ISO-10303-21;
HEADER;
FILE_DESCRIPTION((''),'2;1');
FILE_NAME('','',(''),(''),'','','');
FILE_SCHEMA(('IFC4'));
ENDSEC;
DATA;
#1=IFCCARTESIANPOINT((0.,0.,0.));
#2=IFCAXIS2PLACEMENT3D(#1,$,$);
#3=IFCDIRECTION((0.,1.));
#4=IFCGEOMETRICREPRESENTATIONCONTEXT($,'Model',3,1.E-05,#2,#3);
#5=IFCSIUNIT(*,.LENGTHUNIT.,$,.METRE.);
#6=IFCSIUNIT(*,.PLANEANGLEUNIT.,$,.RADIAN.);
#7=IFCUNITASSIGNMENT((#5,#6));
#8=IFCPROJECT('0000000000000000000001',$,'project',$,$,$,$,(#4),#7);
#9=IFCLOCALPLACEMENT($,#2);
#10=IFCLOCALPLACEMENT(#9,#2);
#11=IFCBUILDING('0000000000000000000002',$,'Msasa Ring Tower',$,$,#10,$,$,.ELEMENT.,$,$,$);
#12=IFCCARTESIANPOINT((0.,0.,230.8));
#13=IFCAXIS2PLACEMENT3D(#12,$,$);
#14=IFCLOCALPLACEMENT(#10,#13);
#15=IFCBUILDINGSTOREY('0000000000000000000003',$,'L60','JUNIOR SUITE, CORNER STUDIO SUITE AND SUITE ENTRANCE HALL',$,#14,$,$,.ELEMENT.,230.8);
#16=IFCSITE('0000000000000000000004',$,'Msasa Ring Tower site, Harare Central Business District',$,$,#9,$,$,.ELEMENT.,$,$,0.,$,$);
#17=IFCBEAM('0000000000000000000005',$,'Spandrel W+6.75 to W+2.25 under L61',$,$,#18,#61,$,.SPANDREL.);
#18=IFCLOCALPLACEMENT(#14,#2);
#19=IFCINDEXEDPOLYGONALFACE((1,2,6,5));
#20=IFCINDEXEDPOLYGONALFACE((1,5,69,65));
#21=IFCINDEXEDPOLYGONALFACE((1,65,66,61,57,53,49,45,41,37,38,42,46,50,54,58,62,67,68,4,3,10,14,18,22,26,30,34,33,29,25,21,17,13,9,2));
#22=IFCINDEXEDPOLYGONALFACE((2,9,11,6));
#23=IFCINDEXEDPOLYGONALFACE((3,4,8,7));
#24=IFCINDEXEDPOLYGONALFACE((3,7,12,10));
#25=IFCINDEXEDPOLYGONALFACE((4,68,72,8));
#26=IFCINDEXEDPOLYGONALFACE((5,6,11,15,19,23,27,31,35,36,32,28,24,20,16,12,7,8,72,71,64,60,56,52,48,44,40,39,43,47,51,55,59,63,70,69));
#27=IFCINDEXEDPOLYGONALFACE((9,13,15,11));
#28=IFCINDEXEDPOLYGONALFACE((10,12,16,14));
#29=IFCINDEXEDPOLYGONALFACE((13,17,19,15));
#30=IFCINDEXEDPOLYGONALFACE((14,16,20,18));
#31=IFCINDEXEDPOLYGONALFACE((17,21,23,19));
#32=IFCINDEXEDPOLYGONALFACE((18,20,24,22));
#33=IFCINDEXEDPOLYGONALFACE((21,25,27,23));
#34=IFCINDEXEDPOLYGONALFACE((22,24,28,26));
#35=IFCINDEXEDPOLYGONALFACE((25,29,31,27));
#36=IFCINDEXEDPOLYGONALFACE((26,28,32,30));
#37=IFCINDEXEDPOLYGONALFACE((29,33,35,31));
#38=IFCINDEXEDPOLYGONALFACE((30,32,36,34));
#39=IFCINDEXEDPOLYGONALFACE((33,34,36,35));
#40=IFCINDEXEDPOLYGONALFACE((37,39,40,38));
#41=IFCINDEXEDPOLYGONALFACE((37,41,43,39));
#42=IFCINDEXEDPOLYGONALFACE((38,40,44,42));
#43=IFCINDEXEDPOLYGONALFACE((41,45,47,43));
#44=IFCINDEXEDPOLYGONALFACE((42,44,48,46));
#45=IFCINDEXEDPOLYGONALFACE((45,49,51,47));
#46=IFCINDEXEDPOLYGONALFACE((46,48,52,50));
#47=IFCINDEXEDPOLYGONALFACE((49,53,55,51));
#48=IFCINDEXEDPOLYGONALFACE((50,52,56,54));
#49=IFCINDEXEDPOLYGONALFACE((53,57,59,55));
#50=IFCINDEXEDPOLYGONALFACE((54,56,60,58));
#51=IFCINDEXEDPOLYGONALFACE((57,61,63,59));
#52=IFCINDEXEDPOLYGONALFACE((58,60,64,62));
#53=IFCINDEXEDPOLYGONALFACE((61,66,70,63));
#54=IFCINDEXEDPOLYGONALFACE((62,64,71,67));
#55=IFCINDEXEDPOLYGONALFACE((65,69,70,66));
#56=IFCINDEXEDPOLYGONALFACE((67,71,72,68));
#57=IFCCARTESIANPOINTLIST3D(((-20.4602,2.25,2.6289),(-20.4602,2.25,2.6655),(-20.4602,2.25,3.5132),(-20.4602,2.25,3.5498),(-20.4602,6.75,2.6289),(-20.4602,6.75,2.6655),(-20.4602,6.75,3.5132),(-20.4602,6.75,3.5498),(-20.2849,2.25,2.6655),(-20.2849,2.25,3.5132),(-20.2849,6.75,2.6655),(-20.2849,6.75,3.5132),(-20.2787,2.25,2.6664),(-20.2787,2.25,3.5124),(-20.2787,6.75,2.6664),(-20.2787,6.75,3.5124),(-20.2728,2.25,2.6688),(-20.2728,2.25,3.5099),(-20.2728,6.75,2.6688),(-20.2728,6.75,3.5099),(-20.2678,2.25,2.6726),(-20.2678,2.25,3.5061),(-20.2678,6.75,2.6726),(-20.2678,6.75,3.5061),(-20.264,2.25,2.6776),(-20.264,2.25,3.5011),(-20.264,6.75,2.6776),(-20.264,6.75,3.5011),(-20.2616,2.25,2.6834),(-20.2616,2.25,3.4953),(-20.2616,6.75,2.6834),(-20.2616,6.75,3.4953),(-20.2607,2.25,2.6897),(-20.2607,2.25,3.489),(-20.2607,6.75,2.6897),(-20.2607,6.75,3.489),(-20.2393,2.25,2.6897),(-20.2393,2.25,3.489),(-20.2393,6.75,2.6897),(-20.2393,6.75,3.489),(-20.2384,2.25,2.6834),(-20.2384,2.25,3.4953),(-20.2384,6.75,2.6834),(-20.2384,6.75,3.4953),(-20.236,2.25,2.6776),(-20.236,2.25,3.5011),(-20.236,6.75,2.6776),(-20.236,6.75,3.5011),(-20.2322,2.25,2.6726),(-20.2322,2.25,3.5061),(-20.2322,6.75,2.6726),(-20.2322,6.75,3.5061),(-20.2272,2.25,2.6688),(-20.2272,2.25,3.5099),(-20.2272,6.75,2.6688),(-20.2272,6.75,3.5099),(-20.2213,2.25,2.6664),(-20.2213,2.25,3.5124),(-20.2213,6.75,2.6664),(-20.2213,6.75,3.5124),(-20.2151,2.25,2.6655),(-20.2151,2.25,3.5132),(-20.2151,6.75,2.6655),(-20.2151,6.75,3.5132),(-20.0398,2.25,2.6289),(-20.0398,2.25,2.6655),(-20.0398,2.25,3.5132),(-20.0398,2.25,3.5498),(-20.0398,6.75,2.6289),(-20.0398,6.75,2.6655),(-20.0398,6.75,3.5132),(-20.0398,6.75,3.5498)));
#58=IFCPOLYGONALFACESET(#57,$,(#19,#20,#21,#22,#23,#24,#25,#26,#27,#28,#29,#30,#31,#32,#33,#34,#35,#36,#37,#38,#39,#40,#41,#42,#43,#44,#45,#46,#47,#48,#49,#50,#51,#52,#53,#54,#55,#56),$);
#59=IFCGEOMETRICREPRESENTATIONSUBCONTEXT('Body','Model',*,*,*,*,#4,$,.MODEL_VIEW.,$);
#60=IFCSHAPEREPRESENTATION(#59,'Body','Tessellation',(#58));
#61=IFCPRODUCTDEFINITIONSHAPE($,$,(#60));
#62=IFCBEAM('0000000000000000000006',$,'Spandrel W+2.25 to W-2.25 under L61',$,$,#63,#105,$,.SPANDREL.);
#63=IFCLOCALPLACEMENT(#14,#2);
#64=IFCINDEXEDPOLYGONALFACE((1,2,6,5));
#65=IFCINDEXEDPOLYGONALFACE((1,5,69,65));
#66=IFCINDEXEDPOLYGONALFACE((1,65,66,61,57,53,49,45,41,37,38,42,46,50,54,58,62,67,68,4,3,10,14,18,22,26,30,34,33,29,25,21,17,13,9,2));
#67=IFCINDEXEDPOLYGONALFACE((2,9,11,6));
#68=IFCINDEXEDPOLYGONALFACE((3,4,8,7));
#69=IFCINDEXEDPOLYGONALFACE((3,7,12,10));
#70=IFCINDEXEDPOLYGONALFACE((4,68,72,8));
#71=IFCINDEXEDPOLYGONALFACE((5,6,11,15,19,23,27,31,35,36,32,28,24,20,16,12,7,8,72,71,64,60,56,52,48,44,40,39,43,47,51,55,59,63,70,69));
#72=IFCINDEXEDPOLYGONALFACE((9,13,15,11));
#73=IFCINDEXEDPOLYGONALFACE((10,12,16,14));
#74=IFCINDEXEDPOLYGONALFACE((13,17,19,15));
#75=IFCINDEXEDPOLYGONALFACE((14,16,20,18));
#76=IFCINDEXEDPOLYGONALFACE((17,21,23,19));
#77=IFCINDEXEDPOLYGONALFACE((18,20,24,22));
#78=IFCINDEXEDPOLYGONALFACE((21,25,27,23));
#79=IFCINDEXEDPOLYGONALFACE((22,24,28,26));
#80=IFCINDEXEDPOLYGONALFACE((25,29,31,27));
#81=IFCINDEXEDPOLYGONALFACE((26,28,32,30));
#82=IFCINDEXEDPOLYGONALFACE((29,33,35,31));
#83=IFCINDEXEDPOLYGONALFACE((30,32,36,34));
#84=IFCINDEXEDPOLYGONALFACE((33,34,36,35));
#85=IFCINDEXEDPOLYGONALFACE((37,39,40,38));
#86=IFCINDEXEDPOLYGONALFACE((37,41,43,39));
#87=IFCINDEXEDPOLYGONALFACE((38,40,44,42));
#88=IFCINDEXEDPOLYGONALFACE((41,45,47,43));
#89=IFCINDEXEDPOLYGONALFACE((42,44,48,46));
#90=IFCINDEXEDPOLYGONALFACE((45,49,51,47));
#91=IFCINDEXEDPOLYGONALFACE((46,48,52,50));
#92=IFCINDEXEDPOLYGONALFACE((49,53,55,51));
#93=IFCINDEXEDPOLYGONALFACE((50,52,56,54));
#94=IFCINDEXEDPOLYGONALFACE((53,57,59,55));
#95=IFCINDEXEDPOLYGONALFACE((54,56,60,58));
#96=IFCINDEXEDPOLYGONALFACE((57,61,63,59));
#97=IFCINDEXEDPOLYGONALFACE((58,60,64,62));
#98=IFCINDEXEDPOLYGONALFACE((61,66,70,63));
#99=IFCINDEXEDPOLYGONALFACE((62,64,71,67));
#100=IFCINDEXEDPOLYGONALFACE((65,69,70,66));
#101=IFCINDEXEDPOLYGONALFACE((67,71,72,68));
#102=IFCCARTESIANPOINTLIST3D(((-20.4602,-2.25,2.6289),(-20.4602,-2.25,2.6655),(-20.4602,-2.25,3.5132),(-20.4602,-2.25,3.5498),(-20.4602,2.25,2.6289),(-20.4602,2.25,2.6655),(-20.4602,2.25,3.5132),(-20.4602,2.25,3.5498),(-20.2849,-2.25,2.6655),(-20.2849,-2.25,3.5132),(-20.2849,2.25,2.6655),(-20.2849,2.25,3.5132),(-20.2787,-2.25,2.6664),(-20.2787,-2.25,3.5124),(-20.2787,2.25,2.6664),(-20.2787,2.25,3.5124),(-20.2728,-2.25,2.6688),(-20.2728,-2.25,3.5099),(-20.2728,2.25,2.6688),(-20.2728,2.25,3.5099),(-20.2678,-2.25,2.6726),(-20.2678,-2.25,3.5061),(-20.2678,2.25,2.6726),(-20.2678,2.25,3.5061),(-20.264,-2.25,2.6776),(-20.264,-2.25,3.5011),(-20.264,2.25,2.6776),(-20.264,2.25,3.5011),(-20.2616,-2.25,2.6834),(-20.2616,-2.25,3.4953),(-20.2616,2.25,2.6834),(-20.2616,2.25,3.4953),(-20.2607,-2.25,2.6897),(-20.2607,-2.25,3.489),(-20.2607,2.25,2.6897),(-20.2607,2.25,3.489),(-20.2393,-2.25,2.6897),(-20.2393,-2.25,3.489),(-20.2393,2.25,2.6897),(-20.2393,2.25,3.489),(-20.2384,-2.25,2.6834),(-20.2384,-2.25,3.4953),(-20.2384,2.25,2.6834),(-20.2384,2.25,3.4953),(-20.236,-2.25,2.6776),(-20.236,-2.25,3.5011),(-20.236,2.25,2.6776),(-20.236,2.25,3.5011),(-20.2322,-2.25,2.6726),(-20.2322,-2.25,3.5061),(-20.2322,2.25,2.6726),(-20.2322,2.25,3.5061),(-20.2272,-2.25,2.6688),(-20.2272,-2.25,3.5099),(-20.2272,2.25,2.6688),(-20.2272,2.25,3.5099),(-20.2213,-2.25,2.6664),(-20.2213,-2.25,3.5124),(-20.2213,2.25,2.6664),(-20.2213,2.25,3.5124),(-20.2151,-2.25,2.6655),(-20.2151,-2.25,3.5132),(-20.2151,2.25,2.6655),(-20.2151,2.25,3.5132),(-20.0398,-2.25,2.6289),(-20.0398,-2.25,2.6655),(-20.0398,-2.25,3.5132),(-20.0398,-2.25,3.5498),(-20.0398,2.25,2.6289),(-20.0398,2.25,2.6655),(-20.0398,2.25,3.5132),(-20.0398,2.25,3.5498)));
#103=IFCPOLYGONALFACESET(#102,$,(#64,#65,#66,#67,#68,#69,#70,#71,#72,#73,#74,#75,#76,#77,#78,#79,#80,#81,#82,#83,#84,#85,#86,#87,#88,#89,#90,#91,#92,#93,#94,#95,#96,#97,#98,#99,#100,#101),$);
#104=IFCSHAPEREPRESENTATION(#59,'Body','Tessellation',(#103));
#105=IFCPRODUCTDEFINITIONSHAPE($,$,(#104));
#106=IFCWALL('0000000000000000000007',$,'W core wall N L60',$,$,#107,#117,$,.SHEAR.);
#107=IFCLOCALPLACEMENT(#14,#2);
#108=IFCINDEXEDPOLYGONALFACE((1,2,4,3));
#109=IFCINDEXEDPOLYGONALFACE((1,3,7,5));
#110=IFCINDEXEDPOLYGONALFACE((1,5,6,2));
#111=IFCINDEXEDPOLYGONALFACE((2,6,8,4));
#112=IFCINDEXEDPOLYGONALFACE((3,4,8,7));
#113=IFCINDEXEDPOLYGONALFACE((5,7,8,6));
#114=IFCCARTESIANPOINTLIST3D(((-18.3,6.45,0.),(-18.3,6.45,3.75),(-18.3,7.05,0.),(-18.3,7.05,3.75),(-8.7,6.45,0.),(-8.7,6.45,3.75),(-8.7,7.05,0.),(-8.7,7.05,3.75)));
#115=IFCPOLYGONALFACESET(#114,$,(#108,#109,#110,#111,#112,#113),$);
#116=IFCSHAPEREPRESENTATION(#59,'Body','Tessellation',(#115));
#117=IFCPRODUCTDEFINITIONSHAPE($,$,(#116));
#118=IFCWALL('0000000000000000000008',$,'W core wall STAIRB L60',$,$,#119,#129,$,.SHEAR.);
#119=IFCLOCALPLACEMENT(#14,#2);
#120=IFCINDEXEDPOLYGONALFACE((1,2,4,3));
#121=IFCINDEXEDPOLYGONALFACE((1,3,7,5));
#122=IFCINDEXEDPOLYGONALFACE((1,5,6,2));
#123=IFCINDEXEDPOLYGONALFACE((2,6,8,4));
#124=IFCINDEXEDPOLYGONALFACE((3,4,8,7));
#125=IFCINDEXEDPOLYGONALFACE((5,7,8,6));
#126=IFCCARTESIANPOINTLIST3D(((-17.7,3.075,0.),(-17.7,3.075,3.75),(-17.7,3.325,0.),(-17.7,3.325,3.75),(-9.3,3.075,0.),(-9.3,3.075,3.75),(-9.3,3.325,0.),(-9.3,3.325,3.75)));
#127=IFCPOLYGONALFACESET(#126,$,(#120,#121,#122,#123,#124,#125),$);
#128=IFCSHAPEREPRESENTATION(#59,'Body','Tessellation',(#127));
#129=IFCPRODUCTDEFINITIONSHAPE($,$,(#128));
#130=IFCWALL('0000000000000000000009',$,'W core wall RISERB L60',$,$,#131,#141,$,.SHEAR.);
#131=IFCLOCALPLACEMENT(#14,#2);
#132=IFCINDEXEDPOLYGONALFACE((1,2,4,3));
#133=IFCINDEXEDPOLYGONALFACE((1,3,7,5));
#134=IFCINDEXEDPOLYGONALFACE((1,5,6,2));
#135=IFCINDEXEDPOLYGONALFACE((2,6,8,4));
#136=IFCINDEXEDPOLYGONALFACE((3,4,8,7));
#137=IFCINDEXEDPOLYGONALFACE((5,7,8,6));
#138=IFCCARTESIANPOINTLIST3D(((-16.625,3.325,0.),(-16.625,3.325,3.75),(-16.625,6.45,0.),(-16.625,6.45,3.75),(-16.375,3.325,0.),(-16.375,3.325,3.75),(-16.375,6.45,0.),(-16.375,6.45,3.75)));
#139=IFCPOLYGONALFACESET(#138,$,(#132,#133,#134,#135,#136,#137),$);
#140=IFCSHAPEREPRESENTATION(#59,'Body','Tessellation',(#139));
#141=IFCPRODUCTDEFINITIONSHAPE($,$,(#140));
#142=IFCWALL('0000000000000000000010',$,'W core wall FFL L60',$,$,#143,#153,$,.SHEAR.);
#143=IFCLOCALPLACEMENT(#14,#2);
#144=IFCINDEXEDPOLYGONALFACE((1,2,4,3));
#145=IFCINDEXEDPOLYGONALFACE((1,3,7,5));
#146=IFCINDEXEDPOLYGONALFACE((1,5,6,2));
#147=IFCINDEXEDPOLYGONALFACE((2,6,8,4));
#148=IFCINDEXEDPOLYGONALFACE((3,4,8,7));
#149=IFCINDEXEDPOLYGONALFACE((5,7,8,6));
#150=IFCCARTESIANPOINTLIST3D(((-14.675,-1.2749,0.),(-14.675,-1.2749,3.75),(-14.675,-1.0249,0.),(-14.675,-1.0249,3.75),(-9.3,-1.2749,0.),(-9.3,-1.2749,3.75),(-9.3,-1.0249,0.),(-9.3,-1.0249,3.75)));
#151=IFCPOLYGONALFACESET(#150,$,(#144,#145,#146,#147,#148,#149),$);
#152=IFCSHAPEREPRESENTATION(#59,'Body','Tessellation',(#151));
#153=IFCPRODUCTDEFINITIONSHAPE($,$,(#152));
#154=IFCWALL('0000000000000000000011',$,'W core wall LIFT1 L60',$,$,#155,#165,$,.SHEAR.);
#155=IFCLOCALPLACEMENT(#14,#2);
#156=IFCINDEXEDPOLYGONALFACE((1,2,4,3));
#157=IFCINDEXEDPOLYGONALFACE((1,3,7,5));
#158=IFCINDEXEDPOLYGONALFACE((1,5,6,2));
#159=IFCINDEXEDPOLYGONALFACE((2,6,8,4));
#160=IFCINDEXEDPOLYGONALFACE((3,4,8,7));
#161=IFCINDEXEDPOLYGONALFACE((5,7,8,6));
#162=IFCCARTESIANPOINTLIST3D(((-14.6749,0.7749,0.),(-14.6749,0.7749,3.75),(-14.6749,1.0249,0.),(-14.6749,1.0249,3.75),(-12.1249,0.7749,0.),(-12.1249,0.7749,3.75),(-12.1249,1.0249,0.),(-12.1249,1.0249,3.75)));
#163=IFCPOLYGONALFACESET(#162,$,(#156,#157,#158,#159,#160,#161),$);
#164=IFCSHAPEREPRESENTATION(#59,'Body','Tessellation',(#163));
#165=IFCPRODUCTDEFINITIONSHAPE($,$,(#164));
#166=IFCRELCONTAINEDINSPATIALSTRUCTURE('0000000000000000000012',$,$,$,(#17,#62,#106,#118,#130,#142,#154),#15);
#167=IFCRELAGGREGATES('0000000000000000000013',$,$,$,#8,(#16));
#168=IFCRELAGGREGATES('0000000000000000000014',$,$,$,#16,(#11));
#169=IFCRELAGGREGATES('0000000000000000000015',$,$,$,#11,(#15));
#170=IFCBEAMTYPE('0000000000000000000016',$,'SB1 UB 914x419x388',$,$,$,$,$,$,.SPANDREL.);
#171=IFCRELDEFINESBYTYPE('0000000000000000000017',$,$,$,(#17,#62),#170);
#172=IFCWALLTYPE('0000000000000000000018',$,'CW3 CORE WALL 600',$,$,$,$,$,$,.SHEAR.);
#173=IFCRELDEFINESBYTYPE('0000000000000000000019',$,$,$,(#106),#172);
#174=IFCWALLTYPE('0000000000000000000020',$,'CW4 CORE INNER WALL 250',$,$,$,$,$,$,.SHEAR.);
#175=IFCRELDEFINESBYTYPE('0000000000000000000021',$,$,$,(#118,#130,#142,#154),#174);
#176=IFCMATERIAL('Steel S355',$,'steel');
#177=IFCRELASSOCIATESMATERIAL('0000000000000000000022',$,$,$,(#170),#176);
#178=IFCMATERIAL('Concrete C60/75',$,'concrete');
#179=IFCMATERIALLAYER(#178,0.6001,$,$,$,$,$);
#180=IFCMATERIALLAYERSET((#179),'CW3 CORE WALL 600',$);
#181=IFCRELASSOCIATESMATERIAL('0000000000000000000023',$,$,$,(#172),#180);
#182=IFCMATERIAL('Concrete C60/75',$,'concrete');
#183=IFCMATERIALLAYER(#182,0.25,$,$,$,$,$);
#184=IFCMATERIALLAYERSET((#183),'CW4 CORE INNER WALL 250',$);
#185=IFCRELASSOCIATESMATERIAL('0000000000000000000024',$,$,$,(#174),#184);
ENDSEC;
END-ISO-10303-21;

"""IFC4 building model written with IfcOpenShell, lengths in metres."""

from ifc_helpers import new_model, si_unit, direction, frame, frame_2d, origin, origin_2d, place, context, subcontext, project, spatial, rectangle, i_section, extrude, material, layer, layer_set, material_profile, profile_set, type_object, element, save


model = new_model("IFC4")

# Units and contexts
model_context = context("Model", 3, precision=1e-05, world=origin(), true_north=direction((0.0, 1.0)))
body_context = subcontext(model_context, "Body", "Model", "MODEL_VIEW")
ifc_project = project(units=[si_unit("LENGTHUNIT", "METRE"), si_unit("PLANEANGLEUNIT", "RADIAN")], contexts=[model_context])

# Site, building, storey
site_placement = place(None, origin())
site = spatial("IfcSite", under=ifc_project, at=site_placement, Name="Msasa Ring Tower site, Harare Central Business District", CompositionType="ELEMENT", RefElevation=0.0)
building_placement = place(site_placement, origin())
building = spatial("IfcBuilding", under=site, at=building_placement, Name="Msasa Ring Tower", CompositionType="ELEMENT")
storey_placement = place(building_placement, frame((0.0, 0.0, 230.8)))
storey = spatial("IfcBuildingStorey", under=building, at=storey_placement, Name="L60", Description="JUNIOR SUITE, CORNER STUDIO SUITE AND SUITE ENTRANCE HALL", CompositionType="ELEMENT", Elevation=230.8)

# Beams
ifc_material_1 = material(Name="Steel S355", Category="steel")
ifc_material_profile_1 = material_profile(ifc_material_1, i_section(OverallWidth=0.4204, OverallDepth=0.9209, WebThickness=0.0215, FlangeThickness=0.0366, FilletRadius=0.0242, at=origin_2d()), Name="UB 914x419x388")
ifc_profile_set_1 = profile_set([ifc_material_profile_1], Name="Steel S355")
beam_type_1 = type_object("IfcBeamType", Name="SB1 UB 914x419x388", PredefinedType="SPANDREL", material=ifc_profile_set_1)
for number, where, z_axis, x_axis, name in (
    (1, (-20.25, 6.75, 3.0894), (0.0, -1.0, 0.0), (1.0, 0.0, 0.0), "Spandrel W+6.75 to W+2.25 under L61"),
    (2, (-20.25, 2.25, 3.0894), (0.0, -1.0, 0.0), (1.0, 0.0, 0.0), "Spandrel W+2.25 to W-2.25 under L61"),
):
    element("IfcBeam", number, at=place(storey_placement, frame(where, z_axis=z_axis, x_axis=x_axis)), inside=storey, type_object=beam_type_1, Name=name, PredefinedType="SPANDREL", context=body_context, shape_type="SweptSolid", body=[
        extrude(i_section(OverallWidth=0.4204, OverallDepth=0.9209, WebThickness=0.0215, FlangeThickness=0.0366, FilletRadius=0.0242, at=origin_2d()), origin(), (0.0, 0.0, 1.0), 4.5),
    ])

# Walls
ifc_material_2 = material(Name="Concrete C60/75", Category="concrete")
ifc_layer_1 = layer(ifc_material_2, 0.6001)
ifc_layer_set_1 = layer_set([ifc_layer_1], Name="CW3 CORE WALL 600")
wall_type_1 = type_object("IfcWallType", Name="CW3 CORE WALL 600", PredefinedType="SHEAR", material=ifc_layer_set_1)
wall_1_placement = place(storey_placement, frame((-8.7, 6.75, 0.0), z_axis=(0.0, 0.0, 1.0), x_axis=(-1.0, 0.0, 0.0)))
element("IfcWall", 3, at=wall_1_placement, inside=storey, type_object=wall_type_1, Name="W core wall N L60", PredefinedType="SHEAR", context=body_context, shape_type="SweptSolid", body=[
    extrude(rectangle(XDim=9.6001, YDim=0.6001, at=frame_2d((4.8, 0.0))), origin(), (0.0, 0.0, 1.0), 3.75),
])
ifc_material_3 = material(Name="Concrete C60/75", Category="concrete")
ifc_layer_2 = layer(ifc_material_3, 0.25)
ifc_layer_set_2 = layer_set([ifc_layer_2], Name="CW4 CORE INNER WALL 250")
wall_type_2 = type_object("IfcWallType", Name="CW4 CORE INNER WALL 250", PredefinedType="SHEAR", material=ifc_layer_set_2)
wall_2_placement = place(storey_placement, frame((-9.3, 3.2, 0.0), z_axis=(0.0, 0.0, 1.0), x_axis=(-1.0, 0.0, 0.0)))
element("IfcWall", 4, at=wall_2_placement, inside=storey, type_object=wall_type_2, Name="W core wall STAIRB L60", PredefinedType="SHEAR", context=body_context, shape_type="SweptSolid", body=[
    extrude(rectangle(XDim=8.3999, YDim=0.25, at=frame_2d((4.2, 0.0))), origin(), (0.0, 0.0, 1.0), 3.75),
])
wall_3_placement = place(storey_placement, frame((-16.5, 3.325, 0.0), z_axis=(0.0, 0.0, 1.0), x_axis=(0.0, 1.0, 0.0)))
element("IfcWall", 5, at=wall_3_placement, inside=storey, type_object=wall_type_2, Name="W core wall RISERB L60", PredefinedType="SHEAR", context=body_context, shape_type="SweptSolid", body=[
    extrude(rectangle(XDim=3.125, YDim=0.25, at=frame_2d((1.5625, 0.0))), origin(), (0.0, 0.0, 1.0), 3.75),
])
wall_4_placement = place(storey_placement, frame((-9.3, -1.1499, 0.0), z_axis=(0.0, 0.0, 1.0), x_axis=(-1.0, 0.0, 0.0)))
element("IfcWall", 6, at=wall_4_placement, inside=storey, type_object=wall_type_2, Name="W core wall FFL L60", PredefinedType="SHEAR", context=body_context, shape_type="SweptSolid", body=[
    extrude(rectangle(XDim=5.375, YDim=0.25, at=frame_2d((2.6875, 0.0))), origin(), (0.0, 0.0, 1.0), 3.75),
])
wall_5_placement = place(storey_placement, frame((-12.125, 0.8999, 0.0), z_axis=(0.0, 0.0, 1.0), x_axis=(-1.0, 0.0, 0.0)))
element("IfcWall", 7, at=wall_5_placement, inside=storey, type_object=wall_type_2, Name="W core wall LIFT1 L60", PredefinedType="SHEAR", context=body_context, shape_type="SweptSolid", body=[
    extrude(rectangle(XDim=2.55, YDim=0.25, at=frame_2d((1.2749, 0.0))), origin(), (0.0, 0.0, 1.0), 3.75),
])

save(model, "model.ifc")
